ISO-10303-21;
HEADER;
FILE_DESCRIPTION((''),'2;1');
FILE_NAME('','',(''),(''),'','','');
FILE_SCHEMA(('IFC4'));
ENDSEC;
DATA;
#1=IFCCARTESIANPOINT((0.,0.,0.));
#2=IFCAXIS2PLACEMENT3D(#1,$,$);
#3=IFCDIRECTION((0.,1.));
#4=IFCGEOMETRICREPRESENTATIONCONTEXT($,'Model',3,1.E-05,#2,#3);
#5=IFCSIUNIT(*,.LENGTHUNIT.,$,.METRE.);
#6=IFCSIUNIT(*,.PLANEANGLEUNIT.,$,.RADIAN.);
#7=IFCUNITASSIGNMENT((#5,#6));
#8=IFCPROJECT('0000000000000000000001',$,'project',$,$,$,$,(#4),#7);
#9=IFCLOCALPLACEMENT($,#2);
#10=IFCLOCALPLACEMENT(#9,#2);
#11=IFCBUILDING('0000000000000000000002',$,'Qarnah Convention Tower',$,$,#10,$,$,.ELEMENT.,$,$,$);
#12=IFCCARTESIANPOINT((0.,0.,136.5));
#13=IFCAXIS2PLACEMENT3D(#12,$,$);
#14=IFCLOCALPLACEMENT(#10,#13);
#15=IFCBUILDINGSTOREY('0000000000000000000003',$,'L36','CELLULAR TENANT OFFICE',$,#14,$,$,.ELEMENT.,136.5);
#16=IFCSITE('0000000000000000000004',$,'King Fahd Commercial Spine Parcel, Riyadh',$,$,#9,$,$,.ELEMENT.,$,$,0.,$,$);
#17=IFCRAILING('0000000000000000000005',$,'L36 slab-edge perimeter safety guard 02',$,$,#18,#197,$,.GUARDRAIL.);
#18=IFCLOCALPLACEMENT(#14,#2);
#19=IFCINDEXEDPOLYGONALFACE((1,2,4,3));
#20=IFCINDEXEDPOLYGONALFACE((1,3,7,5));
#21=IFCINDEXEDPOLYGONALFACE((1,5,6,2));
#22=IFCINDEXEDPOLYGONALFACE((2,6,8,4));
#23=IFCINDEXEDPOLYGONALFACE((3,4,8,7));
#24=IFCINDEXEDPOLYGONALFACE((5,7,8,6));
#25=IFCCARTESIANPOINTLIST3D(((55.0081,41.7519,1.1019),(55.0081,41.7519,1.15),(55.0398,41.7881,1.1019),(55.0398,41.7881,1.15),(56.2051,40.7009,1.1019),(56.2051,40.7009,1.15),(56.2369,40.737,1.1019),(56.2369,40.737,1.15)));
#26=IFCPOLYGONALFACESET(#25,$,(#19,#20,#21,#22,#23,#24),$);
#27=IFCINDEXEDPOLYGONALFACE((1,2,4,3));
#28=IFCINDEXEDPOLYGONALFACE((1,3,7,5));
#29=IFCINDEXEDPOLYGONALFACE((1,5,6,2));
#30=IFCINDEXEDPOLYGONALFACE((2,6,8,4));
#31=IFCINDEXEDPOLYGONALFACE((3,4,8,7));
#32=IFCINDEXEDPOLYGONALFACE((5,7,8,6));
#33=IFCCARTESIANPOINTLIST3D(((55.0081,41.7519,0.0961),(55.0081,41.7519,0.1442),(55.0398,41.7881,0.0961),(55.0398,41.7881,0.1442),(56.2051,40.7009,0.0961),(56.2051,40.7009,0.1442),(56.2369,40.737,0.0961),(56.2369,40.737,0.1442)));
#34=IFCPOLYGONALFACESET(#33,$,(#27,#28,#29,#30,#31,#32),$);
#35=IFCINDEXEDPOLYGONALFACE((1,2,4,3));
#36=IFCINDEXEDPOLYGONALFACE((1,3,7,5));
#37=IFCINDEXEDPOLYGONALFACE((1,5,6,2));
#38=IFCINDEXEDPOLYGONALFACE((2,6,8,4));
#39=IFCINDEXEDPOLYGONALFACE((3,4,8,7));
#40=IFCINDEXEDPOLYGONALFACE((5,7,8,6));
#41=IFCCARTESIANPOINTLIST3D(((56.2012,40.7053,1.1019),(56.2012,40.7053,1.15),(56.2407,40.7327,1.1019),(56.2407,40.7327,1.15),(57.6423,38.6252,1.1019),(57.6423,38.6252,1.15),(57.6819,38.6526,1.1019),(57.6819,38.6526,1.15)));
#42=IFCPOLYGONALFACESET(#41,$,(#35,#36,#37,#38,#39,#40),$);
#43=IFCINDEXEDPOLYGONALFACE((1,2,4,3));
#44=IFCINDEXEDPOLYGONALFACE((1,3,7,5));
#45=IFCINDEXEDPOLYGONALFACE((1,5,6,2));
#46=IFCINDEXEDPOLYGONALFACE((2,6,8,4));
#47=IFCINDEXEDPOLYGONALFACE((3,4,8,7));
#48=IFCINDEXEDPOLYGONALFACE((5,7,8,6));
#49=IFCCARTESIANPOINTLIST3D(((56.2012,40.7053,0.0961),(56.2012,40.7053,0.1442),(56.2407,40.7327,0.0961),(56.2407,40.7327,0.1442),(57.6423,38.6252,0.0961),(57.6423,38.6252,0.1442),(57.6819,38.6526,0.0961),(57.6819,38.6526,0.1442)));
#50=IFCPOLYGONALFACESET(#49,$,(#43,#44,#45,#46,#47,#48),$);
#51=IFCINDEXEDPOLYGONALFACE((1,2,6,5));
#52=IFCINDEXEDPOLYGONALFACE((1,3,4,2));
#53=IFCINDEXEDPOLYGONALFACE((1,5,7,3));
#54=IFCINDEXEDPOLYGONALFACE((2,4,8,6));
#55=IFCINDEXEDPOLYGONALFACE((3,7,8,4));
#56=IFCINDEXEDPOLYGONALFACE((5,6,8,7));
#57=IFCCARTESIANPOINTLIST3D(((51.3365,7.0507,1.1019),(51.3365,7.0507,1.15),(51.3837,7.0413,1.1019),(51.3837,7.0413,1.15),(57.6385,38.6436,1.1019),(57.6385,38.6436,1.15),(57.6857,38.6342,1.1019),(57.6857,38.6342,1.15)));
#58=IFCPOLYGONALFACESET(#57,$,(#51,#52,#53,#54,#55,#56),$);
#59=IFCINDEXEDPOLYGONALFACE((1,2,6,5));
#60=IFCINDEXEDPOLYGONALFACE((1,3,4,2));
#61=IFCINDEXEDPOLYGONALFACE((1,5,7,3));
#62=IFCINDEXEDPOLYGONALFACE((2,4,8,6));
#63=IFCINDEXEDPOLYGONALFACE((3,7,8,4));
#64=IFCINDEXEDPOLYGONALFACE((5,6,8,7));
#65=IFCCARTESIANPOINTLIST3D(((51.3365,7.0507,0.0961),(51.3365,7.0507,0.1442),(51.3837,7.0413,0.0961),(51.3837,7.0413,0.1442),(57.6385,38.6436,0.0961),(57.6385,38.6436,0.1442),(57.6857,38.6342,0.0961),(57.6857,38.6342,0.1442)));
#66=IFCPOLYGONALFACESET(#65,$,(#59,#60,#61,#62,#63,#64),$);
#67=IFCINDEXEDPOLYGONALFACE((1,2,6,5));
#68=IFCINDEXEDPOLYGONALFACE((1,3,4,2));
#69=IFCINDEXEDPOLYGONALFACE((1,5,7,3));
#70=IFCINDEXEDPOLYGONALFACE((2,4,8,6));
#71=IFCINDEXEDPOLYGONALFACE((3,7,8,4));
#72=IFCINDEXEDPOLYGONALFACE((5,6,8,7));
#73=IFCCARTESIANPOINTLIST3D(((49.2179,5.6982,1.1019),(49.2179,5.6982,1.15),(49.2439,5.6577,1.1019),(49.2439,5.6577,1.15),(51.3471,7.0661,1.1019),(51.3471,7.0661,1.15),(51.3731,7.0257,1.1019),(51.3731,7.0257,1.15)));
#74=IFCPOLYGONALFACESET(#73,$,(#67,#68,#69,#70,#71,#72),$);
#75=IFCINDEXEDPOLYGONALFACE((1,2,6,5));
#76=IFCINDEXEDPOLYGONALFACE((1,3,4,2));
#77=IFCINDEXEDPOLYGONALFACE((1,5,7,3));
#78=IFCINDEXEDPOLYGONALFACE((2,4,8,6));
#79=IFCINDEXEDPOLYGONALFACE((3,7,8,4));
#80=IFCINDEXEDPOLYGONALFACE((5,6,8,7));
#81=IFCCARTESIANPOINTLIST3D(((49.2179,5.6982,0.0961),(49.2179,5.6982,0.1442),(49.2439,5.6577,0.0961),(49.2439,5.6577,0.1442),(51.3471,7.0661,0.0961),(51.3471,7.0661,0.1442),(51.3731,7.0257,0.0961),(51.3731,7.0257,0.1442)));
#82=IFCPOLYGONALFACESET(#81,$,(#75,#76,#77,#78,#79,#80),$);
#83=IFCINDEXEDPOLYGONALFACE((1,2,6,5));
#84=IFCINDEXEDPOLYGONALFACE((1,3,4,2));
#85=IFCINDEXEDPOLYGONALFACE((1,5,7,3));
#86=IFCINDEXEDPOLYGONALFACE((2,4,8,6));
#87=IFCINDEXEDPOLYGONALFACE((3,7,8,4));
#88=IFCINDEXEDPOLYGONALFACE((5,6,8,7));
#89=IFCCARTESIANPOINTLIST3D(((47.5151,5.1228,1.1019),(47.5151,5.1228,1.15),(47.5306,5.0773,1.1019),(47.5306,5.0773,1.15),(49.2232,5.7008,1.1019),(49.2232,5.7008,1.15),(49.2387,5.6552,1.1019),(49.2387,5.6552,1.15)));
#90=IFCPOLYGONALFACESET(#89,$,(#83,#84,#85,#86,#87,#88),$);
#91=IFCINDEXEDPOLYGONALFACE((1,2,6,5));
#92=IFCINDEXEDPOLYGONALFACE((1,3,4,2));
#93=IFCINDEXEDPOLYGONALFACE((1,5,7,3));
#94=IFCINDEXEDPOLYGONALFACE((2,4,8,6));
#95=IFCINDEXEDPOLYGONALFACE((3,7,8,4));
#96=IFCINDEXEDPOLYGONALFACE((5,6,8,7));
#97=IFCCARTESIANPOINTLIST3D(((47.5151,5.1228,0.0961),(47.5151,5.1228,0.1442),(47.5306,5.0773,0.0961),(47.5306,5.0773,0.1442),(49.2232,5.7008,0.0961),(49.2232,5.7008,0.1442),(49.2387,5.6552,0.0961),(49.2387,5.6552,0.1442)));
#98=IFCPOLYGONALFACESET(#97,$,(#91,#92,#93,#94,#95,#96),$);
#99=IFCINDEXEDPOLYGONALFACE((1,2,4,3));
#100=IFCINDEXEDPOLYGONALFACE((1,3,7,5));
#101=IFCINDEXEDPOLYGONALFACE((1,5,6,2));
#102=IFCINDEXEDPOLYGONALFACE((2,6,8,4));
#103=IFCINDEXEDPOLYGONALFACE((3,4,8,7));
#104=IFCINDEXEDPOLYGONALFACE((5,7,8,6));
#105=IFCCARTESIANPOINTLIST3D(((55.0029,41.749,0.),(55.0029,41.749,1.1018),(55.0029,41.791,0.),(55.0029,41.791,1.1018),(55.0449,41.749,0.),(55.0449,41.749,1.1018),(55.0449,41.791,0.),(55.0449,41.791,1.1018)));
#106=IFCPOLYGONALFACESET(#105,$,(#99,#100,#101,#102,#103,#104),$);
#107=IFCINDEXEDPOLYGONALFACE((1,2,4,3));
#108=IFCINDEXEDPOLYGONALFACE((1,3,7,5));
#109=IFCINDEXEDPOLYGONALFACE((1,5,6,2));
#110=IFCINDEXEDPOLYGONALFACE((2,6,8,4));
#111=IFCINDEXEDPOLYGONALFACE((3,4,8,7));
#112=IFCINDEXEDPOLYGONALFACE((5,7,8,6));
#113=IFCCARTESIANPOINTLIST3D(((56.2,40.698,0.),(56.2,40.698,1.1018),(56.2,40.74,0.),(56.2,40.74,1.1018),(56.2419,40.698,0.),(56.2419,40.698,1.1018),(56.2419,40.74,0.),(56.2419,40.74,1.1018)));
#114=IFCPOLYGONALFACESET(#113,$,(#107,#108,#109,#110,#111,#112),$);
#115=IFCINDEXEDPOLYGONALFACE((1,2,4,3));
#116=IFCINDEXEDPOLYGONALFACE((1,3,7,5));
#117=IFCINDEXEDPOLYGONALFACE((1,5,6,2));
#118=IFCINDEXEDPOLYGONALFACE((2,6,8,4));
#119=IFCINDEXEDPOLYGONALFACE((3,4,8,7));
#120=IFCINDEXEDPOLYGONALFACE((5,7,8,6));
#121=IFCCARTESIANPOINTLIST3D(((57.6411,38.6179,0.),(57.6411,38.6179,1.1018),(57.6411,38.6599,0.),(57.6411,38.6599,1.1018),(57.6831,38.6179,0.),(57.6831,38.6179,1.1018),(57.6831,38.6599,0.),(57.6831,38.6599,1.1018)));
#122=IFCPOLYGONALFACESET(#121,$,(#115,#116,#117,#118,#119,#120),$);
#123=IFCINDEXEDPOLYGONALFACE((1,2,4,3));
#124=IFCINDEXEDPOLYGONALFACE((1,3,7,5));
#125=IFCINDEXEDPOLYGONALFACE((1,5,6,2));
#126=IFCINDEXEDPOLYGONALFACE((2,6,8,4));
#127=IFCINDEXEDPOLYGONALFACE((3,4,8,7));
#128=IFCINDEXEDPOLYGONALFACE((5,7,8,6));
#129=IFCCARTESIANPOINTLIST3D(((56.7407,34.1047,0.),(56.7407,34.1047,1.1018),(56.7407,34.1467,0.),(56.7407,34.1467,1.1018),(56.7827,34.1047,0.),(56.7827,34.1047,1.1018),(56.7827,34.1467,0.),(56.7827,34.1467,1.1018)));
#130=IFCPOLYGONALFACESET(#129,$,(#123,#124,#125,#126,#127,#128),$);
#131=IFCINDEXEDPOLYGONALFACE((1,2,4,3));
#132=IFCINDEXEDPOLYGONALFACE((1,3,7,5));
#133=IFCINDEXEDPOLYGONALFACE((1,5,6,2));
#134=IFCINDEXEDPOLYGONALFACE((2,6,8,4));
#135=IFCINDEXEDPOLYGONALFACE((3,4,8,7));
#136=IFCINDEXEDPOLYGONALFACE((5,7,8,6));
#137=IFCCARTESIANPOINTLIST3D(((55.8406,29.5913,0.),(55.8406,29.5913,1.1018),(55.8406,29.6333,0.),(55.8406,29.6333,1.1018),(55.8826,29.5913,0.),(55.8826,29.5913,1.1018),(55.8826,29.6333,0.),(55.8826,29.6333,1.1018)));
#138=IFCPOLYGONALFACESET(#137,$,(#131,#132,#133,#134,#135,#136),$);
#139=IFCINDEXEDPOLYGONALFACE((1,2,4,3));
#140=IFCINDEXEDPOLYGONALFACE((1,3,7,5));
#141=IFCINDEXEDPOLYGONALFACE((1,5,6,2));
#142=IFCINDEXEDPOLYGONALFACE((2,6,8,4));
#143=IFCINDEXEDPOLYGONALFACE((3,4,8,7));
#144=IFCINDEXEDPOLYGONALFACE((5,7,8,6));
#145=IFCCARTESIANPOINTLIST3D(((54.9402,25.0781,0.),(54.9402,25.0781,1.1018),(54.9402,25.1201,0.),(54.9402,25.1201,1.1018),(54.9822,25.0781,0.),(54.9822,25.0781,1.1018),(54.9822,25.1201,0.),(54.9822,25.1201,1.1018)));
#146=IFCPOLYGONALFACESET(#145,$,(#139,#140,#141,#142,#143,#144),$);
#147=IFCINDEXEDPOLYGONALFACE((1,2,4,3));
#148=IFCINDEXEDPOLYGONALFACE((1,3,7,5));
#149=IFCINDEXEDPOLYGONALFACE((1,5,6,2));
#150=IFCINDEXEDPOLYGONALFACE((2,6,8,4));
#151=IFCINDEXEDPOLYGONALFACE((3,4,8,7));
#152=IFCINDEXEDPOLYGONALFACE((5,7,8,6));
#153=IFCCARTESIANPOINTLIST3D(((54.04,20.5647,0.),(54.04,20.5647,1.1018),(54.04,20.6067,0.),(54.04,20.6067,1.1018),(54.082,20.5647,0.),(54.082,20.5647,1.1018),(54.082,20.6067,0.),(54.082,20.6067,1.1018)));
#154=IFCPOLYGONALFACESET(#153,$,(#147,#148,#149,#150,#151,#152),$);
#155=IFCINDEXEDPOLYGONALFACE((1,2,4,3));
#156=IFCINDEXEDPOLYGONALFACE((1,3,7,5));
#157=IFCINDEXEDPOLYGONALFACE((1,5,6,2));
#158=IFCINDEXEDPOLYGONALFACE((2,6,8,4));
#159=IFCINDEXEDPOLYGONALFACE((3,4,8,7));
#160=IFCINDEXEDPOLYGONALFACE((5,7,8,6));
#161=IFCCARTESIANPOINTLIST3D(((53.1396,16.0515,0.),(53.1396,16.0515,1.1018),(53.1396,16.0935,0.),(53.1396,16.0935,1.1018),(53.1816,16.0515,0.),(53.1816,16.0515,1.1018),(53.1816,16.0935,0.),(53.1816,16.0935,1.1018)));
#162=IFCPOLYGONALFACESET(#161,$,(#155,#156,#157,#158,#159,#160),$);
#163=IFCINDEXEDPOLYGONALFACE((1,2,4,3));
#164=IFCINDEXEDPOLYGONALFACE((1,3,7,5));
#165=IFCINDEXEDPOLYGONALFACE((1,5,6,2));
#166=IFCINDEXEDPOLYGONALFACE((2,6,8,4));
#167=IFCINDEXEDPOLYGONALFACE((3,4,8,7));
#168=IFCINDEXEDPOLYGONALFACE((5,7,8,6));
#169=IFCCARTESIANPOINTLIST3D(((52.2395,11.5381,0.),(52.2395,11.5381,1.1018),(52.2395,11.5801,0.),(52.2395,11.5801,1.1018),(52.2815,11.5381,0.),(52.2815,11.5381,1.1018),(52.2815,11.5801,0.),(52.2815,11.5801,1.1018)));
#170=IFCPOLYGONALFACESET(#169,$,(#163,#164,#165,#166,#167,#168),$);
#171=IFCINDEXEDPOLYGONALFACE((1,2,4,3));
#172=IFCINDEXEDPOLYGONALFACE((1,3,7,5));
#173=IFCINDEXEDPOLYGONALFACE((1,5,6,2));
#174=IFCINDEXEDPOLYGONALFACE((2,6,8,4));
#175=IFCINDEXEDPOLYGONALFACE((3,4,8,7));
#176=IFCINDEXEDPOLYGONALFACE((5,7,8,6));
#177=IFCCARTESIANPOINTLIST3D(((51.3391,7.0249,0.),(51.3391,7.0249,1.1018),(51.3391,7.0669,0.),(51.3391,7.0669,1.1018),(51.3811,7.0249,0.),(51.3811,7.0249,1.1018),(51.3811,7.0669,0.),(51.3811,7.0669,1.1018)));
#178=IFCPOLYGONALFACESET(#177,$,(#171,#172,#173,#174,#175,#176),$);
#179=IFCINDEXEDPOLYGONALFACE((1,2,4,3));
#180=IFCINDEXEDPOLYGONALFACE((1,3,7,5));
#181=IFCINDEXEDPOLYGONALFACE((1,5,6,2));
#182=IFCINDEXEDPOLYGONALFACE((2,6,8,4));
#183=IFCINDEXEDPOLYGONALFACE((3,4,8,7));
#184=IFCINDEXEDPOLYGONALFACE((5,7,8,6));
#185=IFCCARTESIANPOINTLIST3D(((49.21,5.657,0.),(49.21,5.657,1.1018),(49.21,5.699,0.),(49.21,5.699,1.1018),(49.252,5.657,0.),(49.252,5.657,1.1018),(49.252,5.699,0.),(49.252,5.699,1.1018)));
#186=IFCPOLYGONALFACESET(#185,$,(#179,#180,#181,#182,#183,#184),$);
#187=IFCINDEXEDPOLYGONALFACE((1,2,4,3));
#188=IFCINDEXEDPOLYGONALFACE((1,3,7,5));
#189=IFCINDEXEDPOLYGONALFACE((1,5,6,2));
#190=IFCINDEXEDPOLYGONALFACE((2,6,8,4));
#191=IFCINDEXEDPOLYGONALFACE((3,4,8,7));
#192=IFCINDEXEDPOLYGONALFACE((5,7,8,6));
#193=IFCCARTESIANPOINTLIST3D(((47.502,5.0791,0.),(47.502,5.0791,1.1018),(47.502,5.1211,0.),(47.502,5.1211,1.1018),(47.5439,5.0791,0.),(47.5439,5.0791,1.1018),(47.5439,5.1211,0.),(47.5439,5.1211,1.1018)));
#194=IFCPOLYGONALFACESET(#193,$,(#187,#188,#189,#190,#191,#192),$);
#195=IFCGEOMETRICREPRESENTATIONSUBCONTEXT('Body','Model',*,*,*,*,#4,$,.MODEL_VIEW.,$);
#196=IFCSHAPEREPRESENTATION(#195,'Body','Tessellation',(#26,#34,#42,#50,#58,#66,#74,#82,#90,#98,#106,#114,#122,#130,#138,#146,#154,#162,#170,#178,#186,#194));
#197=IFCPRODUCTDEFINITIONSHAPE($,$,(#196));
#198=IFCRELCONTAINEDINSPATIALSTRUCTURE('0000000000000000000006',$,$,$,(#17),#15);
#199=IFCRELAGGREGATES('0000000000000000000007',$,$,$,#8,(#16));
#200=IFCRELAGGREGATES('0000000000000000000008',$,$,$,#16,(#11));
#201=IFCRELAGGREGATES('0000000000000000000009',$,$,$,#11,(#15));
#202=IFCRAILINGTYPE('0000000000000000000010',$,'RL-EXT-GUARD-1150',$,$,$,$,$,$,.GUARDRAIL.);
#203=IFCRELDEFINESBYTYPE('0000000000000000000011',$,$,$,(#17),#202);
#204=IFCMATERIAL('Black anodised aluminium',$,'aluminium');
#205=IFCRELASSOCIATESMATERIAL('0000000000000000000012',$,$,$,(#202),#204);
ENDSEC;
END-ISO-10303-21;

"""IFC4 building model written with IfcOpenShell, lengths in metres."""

from ifc_helpers import new_model, si_unit, direction, frame, origin, origin_2d, place, context, subcontext, project, spatial, rectangle, extrude, material, type_object, element, save


model = new_model("IFC4")

# Units and contexts
model_context = context("Model", 3, precision=1e-05, world=origin(), true_north=direction((0.0, 1.0)))
body_context = subcontext(model_context, "Body", "Model", "MODEL_VIEW")
ifc_project = project(units=[si_unit("LENGTHUNIT", "METRE"), si_unit("PLANEANGLEUNIT", "RADIAN")], contexts=[model_context])

# Site, building, storey
site_placement = place(None, origin())
site = spatial("IfcSite", under=ifc_project, at=site_placement, Name="King Fahd Commercial Spine Parcel, Riyadh", CompositionType="ELEMENT", RefElevation=0.0)
building_placement = place(site_placement, origin())
building = spatial("IfcBuilding", under=site, at=building_placement, Name="Qarnah Convention Tower", CompositionType="ELEMENT")
storey_placement = place(building_placement, frame((0.0, 0.0, 136.5)))
storey = spatial("IfcBuildingStorey", under=building, at=storey_placement, Name="L36", Description="CELLULAR TENANT OFFICE", CompositionType="ELEMENT", Elevation=136.5)

# Shared definitions
ifc_material_1 = material(Name="Black anodised aluminium", Category="aluminium")

# Railing
railing_type = type_object("IfcRailingType", Name="RL-EXT-GUARD-1150", PredefinedType="GUARDRAIL", material=ifc_material_1)
railing_1_placement = place(storey_placement, frame((55.0239, 41.77, 0.0)))
element("IfcRailing", 1, at=railing_1_placement, inside=storey, type_object=railing_type, Name="L36 slab-edge perimeter safety guard 02", PredefinedType="GUARDRAIL", context=body_context, shape_type="SweptSolid", body=[
    extrude(rectangle(XDim=0.0481, YDim=0.0481, at=origin_2d()), frame((0.0, 0.0, 1.126), z_axis=(0.751446, -0.659795, 0.0), x_axis=(0.659795, 0.751446, 0.0)), (0.0, 0.0, 1.0), 1.593),
    extrude(rectangle(XDim=0.0481, YDim=0.0481, at=origin_2d()), frame((0.0, 0.0, 0.1201), z_axis=(0.751446, -0.659795, 0.0), x_axis=(0.659795, 0.751446, 0.0)), (0.0, 0.0, 1.0), 1.593),
    extrude(rectangle(XDim=0.0481, YDim=0.0481, at=origin_2d()), frame((1.197, -1.051, 1.126), z_axis=(0.569506, -0.821987, 0.0), x_axis=(0.821987, 0.569506, 0.0)), (0.0, 0.0, 1.0), 2.5305),
    extrude(rectangle(XDim=0.0481, YDim=0.0481, at=origin_2d()), frame((1.197, -1.051, 0.1201), z_axis=(0.569506, -0.821987, 0.0), x_axis=(0.821987, 0.569506, 0.0)), (0.0, 0.0, 1.0), 2.5305),
    extrude(rectangle(XDim=0.0481, YDim=0.0481, at=origin_2d()), frame((2.6382, -3.1311, 1.126), z_axis=(-0.195621, -0.98068, 0.0), x_axis=(0.98068, -0.195621, 0.0)), (0.0, 0.0, 1.0), 32.2153),
    extrude(rectangle(XDim=0.0481, YDim=0.0481, at=origin_2d()), frame((2.6382, -3.1311, 0.1201), z_axis=(-0.195621, -0.98068, 0.0), x_axis=(0.98068, -0.195621, 0.0)), (0.0, 0.0, 1.0), 32.2153),
    extrude(rectangle(XDim=0.0481, YDim=0.0481, at=origin_2d()), frame((-3.6638, -34.7241, 1.126), z_axis=(-0.841326, -0.540528, 0.0), x_axis=(0.540528, -0.841326, 0.0)), (0.0, 0.0, 1.0), 2.5308),
    extrude(rectangle(XDim=0.0481, YDim=0.0481, at=origin_2d()), frame((-3.6638, -34.7241, 0.1201), z_axis=(-0.841326, -0.540528, 0.0), x_axis=(0.540528, -0.841326, 0.0)), (0.0, 0.0, 1.0), 2.5308),
    extrude(rectangle(XDim=0.0481, YDim=0.0481, at=origin_2d()), frame((-5.793, -36.092, 1.126), z_axis=(-0.947252, -0.32049, 0.0), x_axis=(0.32049, -0.947252, 0.0)), (0.0, 0.0, 1.0), 1.8032),
    extrude(rectangle(XDim=0.0481, YDim=0.0481, at=origin_2d()), frame((-5.793, -36.092, 0.1201), z_axis=(-0.947252, -0.32049, 0.0), x_axis=(0.32049, -0.947252, 0.0)), (0.0, 0.0, 1.0), 1.8032),
    extrude(rectangle(XDim=0.042, YDim=0.042, at=origin_2d()), origin(), (0.0, 0.0, 1.0), 1.1018),
    extrude(rectangle(XDim=0.042, YDim=0.042, at=origin_2d()), frame((1.197, -1.051, 0.0)), (0.0, 0.0, 1.0), 1.1018),
    extrude(rectangle(XDim=0.042, YDim=0.042, at=origin_2d()), frame((2.6382, -3.1311, 0.0)), (0.0, 0.0, 1.0), 1.1018),
    extrude(rectangle(XDim=0.042, YDim=0.042, at=origin_2d()), frame((1.7378, -7.6443, 0.0)), (0.0, 0.0, 1.0), 1.1018),
    extrude(rectangle(XDim=0.042, YDim=0.042, at=origin_2d()), frame((0.8376, -12.1577, 0.0)), (0.0, 0.0, 1.0), 1.1018),
    extrude(rectangle(XDim=0.042, YDim=0.042, at=origin_2d()), frame((-0.0627, -16.6709, 0.0)), (0.0, 0.0, 1.0), 1.1018),
    extrude(rectangle(XDim=0.042, YDim=0.042, at=origin_2d()), frame((-0.9629, -21.1843, 0.0)), (0.0, 0.0, 1.0), 1.1018),
    extrude(rectangle(XDim=0.042, YDim=0.042, at=origin_2d()), frame((-1.8633, -25.6975, 0.0)), (0.0, 0.0, 1.0), 1.1018),
    extrude(rectangle(XDim=0.042, YDim=0.042, at=origin_2d()), frame((-2.7634, -30.2109, 0.0)), (0.0, 0.0, 1.0), 1.1018),
    extrude(rectangle(XDim=0.042, YDim=0.042, at=origin_2d()), frame((-3.6638, -34.7241, 0.0)), (0.0, 0.0, 1.0), 1.1018),
    extrude(rectangle(XDim=0.042, YDim=0.042, at=origin_2d()), frame((-5.793, -36.092, 0.0)), (0.0, 0.0, 1.0), 1.1018),
    extrude(rectangle(XDim=0.042, YDim=0.042, at=origin_2d()), frame((-7.501, -36.6699, 0.0)), (0.0, 0.0, 1.0), 1.1018),
])

save(model, "model.ifc")
